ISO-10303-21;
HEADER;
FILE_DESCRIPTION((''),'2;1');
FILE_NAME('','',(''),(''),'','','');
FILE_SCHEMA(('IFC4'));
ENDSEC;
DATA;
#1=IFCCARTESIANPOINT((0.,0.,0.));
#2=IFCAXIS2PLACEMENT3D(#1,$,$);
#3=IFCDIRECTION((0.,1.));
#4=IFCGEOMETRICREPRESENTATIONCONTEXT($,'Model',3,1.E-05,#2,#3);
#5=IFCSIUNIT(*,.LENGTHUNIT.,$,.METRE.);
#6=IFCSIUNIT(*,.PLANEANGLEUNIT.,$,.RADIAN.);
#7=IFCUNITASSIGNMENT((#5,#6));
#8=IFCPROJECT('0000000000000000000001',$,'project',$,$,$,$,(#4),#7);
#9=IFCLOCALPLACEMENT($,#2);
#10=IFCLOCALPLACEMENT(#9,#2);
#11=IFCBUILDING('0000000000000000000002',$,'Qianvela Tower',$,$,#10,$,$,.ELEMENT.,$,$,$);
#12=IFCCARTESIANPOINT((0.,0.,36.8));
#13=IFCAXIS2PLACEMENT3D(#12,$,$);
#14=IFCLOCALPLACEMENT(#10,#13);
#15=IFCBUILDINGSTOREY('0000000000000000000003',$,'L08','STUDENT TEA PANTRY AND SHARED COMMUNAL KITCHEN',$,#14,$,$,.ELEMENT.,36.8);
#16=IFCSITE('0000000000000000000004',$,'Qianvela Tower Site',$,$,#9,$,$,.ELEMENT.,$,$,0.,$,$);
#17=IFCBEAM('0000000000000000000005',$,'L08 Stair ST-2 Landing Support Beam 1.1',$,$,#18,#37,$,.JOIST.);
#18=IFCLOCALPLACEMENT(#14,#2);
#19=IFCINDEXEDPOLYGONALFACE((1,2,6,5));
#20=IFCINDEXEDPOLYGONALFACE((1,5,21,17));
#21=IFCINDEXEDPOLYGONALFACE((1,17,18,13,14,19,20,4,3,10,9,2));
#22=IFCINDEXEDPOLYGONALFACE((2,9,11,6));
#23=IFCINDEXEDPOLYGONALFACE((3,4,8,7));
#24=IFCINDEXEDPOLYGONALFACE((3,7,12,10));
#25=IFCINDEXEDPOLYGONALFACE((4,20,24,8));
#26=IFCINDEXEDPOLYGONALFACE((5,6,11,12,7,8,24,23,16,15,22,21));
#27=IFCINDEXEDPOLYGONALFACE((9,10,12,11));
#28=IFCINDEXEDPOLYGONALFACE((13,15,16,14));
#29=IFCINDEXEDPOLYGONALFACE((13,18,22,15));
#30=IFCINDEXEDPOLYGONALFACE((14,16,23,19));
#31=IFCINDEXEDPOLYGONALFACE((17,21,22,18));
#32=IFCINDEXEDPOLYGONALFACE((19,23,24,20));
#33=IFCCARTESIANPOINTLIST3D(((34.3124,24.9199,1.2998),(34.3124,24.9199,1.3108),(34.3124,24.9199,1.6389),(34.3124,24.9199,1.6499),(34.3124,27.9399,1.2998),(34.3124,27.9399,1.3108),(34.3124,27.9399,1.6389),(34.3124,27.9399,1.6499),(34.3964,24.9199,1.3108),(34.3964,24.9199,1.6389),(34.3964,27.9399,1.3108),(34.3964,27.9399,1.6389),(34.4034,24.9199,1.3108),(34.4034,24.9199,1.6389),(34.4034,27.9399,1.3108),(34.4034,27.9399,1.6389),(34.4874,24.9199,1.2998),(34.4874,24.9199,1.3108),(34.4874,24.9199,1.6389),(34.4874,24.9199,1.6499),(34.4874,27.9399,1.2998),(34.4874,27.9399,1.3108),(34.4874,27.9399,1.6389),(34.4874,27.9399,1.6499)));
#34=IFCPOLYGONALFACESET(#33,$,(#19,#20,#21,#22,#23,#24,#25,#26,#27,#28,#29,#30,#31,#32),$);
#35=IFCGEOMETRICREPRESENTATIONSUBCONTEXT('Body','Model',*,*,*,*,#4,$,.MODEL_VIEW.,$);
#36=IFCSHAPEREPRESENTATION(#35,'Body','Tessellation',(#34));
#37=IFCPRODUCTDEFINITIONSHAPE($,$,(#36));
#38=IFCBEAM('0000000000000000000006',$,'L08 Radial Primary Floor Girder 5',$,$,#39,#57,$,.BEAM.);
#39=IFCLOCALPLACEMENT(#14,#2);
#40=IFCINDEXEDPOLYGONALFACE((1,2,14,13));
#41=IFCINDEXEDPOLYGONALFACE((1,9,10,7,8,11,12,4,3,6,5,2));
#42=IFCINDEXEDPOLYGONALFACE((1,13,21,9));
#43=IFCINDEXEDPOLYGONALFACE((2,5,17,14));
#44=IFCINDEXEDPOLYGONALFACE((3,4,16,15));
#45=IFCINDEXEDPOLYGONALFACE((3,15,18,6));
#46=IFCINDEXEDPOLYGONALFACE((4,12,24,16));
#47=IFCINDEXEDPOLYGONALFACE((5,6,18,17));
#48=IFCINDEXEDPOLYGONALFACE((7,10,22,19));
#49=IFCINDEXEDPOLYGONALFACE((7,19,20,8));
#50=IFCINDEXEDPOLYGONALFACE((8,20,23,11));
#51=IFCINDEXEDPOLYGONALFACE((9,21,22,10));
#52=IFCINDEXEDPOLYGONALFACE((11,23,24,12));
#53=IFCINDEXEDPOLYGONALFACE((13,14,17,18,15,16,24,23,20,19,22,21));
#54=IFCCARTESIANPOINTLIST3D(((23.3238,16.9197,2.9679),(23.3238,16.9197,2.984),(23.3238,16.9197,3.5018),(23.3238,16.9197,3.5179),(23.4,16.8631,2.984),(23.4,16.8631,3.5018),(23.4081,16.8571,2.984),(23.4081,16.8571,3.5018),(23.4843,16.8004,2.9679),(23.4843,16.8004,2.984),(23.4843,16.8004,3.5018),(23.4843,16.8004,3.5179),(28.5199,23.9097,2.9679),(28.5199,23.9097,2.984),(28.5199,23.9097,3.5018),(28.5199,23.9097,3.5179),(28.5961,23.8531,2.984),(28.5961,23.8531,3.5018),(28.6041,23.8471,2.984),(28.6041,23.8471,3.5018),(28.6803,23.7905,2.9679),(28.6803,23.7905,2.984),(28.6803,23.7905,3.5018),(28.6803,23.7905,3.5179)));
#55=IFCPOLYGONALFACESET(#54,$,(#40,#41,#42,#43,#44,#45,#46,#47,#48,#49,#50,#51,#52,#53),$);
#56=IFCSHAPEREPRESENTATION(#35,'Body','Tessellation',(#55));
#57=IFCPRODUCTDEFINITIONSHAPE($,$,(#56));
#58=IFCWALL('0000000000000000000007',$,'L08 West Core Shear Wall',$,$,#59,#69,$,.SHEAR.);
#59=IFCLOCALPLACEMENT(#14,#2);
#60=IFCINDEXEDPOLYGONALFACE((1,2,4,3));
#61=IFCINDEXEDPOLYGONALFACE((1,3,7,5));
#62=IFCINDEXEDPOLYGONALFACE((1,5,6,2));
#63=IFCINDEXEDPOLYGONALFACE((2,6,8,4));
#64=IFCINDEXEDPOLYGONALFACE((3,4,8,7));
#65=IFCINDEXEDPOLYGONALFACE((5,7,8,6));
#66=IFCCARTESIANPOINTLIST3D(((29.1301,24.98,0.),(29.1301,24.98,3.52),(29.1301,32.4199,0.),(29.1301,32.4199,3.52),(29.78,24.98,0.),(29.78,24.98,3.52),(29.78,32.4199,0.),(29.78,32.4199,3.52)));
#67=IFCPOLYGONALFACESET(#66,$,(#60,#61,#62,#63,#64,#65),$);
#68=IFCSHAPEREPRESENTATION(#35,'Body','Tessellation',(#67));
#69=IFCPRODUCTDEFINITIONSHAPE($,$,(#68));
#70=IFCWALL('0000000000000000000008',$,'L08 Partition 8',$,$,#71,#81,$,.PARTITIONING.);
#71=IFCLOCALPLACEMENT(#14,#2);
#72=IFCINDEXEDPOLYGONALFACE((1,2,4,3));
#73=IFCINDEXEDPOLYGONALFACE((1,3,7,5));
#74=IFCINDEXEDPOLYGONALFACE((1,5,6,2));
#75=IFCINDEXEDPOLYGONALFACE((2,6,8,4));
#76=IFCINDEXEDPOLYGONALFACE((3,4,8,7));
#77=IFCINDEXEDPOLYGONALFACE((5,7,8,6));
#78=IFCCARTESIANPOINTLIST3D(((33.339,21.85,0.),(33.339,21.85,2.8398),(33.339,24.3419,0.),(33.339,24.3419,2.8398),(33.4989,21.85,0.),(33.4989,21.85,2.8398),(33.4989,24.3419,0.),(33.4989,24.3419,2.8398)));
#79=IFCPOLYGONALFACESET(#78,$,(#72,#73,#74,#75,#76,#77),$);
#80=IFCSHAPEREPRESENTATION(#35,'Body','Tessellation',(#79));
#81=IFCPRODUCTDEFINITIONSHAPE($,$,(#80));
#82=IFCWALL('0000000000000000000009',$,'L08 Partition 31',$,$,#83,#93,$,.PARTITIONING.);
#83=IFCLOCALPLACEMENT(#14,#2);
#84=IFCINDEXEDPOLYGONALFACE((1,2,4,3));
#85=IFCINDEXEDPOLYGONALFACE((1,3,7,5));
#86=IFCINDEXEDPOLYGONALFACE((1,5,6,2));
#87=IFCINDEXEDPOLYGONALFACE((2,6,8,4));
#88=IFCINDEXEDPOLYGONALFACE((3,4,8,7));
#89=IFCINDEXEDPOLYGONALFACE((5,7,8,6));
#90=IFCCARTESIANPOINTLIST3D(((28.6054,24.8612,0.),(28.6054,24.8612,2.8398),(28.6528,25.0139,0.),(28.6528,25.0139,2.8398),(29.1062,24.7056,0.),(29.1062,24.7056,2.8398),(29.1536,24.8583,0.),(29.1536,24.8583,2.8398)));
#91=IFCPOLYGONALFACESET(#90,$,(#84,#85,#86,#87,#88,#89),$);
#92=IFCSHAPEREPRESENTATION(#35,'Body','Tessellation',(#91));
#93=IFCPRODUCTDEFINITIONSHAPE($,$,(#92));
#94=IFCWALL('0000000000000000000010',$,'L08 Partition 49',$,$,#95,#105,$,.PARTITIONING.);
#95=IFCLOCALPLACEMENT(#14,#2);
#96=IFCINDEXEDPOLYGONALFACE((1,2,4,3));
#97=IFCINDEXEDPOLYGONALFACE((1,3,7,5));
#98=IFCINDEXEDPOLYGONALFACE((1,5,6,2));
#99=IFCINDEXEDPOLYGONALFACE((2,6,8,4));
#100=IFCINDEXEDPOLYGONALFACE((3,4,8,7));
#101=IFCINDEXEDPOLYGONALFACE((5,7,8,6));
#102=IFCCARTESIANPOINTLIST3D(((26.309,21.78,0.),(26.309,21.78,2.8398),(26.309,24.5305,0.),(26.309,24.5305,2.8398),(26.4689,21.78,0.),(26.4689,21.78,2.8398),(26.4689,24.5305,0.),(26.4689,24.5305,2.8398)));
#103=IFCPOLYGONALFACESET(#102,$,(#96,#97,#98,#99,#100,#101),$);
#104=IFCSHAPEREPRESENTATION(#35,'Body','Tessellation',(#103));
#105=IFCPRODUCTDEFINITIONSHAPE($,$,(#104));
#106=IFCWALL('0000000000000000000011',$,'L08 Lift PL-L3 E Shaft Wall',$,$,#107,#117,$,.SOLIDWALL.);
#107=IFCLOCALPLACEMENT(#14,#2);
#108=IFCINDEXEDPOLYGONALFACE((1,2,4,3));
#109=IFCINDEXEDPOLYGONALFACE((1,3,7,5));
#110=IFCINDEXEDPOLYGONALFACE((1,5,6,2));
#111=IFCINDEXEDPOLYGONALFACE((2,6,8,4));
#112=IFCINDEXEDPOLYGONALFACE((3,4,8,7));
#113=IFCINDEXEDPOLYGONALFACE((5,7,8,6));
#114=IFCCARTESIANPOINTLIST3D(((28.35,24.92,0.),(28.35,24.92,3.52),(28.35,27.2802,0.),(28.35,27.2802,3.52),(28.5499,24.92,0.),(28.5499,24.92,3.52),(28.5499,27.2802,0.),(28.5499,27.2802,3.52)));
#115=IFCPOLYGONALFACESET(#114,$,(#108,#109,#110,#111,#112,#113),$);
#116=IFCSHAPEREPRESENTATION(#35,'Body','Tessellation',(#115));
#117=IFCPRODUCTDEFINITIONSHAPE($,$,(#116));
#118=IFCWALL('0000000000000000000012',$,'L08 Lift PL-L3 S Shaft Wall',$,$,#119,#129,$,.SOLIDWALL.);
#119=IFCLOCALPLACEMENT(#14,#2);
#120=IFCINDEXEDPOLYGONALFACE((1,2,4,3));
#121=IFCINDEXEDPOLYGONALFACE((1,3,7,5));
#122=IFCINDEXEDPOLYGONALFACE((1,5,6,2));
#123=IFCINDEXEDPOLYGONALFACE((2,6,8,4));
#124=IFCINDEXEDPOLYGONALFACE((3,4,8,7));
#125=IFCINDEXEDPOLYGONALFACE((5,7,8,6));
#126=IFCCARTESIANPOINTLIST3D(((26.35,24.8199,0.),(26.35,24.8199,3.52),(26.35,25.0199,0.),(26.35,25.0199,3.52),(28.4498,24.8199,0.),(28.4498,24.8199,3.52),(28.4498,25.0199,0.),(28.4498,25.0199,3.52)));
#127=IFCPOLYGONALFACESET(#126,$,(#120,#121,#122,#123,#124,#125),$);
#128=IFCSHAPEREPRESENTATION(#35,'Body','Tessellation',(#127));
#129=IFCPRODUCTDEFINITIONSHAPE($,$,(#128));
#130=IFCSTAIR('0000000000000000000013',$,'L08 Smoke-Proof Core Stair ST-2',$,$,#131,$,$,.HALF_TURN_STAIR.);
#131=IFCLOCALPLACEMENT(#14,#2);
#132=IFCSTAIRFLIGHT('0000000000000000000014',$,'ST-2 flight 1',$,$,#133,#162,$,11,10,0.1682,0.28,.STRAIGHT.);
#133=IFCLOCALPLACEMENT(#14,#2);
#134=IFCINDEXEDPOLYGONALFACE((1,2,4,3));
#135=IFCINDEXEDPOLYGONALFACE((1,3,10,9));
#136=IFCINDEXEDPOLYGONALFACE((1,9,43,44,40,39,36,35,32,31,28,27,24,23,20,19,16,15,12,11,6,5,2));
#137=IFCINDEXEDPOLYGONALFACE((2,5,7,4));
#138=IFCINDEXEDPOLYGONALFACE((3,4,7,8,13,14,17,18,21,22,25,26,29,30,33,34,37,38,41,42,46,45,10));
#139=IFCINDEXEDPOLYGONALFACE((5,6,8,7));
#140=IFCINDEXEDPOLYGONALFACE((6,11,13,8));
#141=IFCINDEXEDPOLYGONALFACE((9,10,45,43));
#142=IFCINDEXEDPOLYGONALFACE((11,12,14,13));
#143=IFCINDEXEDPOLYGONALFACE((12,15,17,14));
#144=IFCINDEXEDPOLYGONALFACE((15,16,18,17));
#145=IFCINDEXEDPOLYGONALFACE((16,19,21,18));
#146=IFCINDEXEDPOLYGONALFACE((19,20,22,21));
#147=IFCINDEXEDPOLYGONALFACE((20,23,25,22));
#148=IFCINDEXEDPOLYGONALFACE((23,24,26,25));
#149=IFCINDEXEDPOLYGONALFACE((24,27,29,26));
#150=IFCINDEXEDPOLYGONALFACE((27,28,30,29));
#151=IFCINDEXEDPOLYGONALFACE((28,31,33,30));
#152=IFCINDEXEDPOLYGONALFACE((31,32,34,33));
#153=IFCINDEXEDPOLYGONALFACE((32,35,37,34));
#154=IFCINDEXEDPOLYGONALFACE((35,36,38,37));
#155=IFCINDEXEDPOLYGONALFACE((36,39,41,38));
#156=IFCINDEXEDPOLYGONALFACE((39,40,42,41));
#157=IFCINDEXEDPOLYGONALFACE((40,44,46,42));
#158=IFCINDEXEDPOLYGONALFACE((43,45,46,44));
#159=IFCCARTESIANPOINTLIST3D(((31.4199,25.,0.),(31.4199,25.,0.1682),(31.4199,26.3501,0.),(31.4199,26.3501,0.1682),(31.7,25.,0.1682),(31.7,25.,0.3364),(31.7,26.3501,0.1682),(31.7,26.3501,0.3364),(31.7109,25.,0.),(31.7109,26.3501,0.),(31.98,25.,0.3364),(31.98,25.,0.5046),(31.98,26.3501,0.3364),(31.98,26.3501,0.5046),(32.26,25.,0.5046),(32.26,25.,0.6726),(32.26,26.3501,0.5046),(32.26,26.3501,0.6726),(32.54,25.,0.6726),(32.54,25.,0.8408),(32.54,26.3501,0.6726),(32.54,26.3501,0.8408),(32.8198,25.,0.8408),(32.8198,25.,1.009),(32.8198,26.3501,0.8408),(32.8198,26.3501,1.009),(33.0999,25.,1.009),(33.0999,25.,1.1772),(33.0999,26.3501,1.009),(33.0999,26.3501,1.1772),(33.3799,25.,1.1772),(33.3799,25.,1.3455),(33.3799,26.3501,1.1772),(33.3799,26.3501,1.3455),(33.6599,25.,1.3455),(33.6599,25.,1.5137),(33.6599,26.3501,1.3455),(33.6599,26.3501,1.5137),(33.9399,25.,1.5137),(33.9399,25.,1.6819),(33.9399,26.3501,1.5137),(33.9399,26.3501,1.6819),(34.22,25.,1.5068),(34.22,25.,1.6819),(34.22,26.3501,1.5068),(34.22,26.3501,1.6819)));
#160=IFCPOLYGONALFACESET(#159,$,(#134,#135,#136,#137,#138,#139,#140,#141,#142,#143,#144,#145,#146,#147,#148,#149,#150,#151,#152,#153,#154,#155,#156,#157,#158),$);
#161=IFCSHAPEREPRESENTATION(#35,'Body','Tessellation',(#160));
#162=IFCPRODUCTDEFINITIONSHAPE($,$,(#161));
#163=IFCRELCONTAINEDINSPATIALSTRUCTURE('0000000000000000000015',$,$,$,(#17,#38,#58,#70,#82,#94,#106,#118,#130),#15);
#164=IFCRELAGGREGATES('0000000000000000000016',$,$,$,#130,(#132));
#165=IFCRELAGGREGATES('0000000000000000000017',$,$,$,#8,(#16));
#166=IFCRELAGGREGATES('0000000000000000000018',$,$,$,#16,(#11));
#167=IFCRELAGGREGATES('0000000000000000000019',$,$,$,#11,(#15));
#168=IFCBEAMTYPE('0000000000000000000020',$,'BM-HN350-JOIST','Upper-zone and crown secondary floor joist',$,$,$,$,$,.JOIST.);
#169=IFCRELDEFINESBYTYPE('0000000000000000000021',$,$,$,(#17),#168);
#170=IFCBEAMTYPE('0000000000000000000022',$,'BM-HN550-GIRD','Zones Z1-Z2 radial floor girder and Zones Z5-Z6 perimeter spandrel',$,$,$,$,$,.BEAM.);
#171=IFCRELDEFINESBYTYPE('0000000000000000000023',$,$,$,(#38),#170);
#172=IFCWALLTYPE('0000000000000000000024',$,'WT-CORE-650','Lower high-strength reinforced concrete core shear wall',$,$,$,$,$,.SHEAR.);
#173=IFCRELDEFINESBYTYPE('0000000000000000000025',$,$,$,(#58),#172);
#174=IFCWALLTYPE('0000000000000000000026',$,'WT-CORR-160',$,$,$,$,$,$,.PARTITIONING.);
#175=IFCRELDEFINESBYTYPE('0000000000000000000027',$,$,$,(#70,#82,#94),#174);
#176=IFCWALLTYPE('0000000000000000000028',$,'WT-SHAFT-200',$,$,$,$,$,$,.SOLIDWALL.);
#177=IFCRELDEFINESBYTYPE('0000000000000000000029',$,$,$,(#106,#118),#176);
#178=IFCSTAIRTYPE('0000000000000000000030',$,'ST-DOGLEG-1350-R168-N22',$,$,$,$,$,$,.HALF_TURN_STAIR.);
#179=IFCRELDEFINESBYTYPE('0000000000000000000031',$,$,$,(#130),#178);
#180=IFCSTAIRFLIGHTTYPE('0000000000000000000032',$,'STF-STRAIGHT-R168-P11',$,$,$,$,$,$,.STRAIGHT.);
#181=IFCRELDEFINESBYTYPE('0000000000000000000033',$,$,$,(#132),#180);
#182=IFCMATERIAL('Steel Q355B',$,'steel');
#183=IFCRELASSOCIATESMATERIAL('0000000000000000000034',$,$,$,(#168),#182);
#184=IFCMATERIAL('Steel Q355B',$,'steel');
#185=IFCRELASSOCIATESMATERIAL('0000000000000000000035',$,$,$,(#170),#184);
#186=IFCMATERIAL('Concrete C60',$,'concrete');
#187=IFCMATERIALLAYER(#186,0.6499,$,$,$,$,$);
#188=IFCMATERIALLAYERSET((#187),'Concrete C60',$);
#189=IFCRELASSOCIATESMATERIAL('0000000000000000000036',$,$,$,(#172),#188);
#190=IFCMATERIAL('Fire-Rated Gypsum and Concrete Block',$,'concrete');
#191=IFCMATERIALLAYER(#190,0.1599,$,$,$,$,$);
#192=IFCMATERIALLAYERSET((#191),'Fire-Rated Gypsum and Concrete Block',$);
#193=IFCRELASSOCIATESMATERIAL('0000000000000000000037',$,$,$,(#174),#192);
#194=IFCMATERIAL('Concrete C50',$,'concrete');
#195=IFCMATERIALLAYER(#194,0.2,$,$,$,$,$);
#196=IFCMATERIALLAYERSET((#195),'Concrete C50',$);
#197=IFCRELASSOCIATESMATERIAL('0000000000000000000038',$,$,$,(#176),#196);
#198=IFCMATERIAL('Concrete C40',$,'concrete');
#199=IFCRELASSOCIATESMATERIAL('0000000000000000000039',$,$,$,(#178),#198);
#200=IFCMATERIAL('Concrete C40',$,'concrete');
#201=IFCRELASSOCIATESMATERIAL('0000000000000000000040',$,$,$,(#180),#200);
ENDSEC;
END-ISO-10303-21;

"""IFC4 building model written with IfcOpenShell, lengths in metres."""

from ifc_helpers import new_model, si_unit, direction, frame, frame_2d, origin, origin_2d, place, context, subcontext, project, spatial, polyline, rectangle, i_section, outline, extrude, material, layer, layer_set, material_profile, profile_set, type_object, element, aggregate, save


model = new_model("IFC4")

# Units and contexts
model_context = context("Model", 3, precision=1e-05, world=origin(), true_north=direction((0.0, 1.0)))
body_context = subcontext(model_context, "Body", "Model", "MODEL_VIEW")
ifc_project = project(units=[si_unit("LENGTHUNIT", "METRE"), si_unit("PLANEANGLEUNIT", "RADIAN")], contexts=[model_context])

# Site, building, storey
site_placement = place(None, origin())
site = spatial("IfcSite", under=ifc_project, at=site_placement, Name="Qianvela Tower Site", CompositionType="ELEMENT", RefElevation=0.0)
building_placement = place(site_placement, origin())
building = spatial("IfcBuilding", under=site, at=building_placement, Name="Qianvela Tower", CompositionType="ELEMENT")
storey_placement = place(building_placement, frame((0.0, 0.0, 36.8)))
storey = spatial("IfcBuildingStorey", under=building, at=storey_placement, Name="L08", Description="STUDENT TEA PANTRY AND SHARED COMMUNAL KITCHEN", CompositionType="ELEMENT", Elevation=36.8)

# Beams
ifc_material_1 = material(Name="Steel Q355B", Category="steel")
ifc_material_profile_1 = material_profile(ifc_material_1, i_section(OverallWidth=0.175, OverallDepth=0.3501, WebThickness=0.0071, FlangeThickness=0.011, at=origin_2d()), Name="HN350x175x7x11")
ifc_profile_set_1 = profile_set([ifc_material_profile_1], Name="Steel Q355B")
beam_type_1 = type_object("IfcBeamType", Name="BM-HN350-JOIST", Description="Upper-zone and crown secondary floor joist", PredefinedType="JOIST", material=ifc_profile_set_1)
beam_1_placement = place(storey_placement, frame((34.3999, 24.9199, 1.4749), z_axis=(0.0, 1.0, 0.0), x_axis=(-1.0, 0.0, 0.0)))
element("IfcBeam", 1, at=beam_1_placement, inside=storey, type_object=beam_type_1, Name="L08 Stair ST-2 Landing Support Beam 1.1", PredefinedType="JOIST", context=body_context, shape_type="SweptSolid", body=[
    extrude(i_section(OverallWidth=0.175, OverallDepth=0.3501, WebThickness=0.0071, FlangeThickness=0.011, at=origin_2d()), origin(), (0.0, 0.0, 1.0), 3.02),
])
ifc_material_2 = material(Name="Steel Q355B", Category="steel")
ifc_material_profile_2 = material_profile(ifc_material_2, i_section(OverallWidth=0.2, OverallDepth=0.55, WebThickness=0.01, FlangeThickness=0.0161, at=origin_2d()), Name="HN550x200x10x16")
ifc_profile_set_2 = profile_set([ifc_material_profile_2], Name="Steel Q355B")
beam_type_2 = type_object("IfcBeamType", Name="BM-HN550-GIRD", Description="Zones Z1-Z2 radial floor girder and Zones Z5-Z6 perimeter spandrel", PredefinedType="BEAM", material=ifc_profile_set_2)
beam_2_placement = place(storey_placement, frame((28.6001, 23.8501, 3.2429), z_axis=(-0.596581, -0.802553, 0.0), x_axis=(0.802553, -0.596581, 0.0)))
element("IfcBeam", 2, at=beam_2_placement, inside=storey, type_object=beam_type_2, Name="L08 Radial Primary Floor Girder 5", PredefinedType="BEAM", context=body_context, shape_type="SweptSolid", body=[
    extrude(i_section(OverallWidth=0.2, OverallDepth=0.55, WebThickness=0.01, FlangeThickness=0.0161, at=origin_2d()), origin(), (0.0, 0.0, 1.0), 8.7097),
])

# Shared definitions
ifc_material_3 = material(Name="Concrete C60", Category="concrete")
ifc_layer_1 = layer(ifc_material_3, 0.6499)
ifc_layer_set_1 = layer_set([ifc_layer_1], Name="Concrete C60")
wall_type_1 = type_object("IfcWallType", Name="WT-CORE-650", Description="Lower high-strength reinforced concrete core shear wall", PredefinedType="SHEAR", material=ifc_layer_set_1)

# Walls
wall_1_placement = place(storey_placement, frame((29.4551, 24.98, 0.0), z_axis=(0.0, 0.0, 1.0), x_axis=(0.0, 1.0, 0.0)))
element("IfcWall", 3, at=wall_1_placement, inside=storey, type_object=wall_type_1, Name="L08 West Core Shear Wall", PredefinedType="SHEAR", context=body_context, shape_type="SweptSolid", body=[
    extrude(rectangle(XDim=7.4399, YDim=0.6499, at=frame_2d((3.72, 0.0))), origin(), (0.0, 0.0, 1.0), 3.52),
])
ifc_material_4 = material(Name="Fire-Rated Gypsum and Concrete Block", Category="concrete")
ifc_layer_2 = layer(ifc_material_4, 0.1599)
ifc_layer_set_2 = layer_set([ifc_layer_2], Name="Fire-Rated Gypsum and Concrete Block")
wall_type_2 = type_object("IfcWallType", Name="WT-CORR-160", PredefinedType="PARTITIONING", material=ifc_layer_set_2)
wall_2_placement = place(storey_placement, frame((33.4189, 24.342, 0.0), z_axis=(0.0, 0.0, 1.0), x_axis=(0.0, -1.0, 0.0)))
element("IfcWall", 4, at=wall_2_placement, inside=storey, type_object=wall_type_2, Name="L08 Partition 8", PredefinedType="PARTITIONING", context=body_context, shape_type="SweptSolid", body=[
    extrude(rectangle(XDim=2.4919, YDim=0.1599, at=frame_2d((1.2461, 0.0))), origin(), (0.0, 0.0, 1.0), 2.8398),
])
wall_3_placement = place(storey_placement, frame((29.1299, 24.782, 0.0), z_axis=(0.0, 0.0, 1.0), x_axis=(-0.955, 0.296604, 0.0)))
element("IfcWall", 5, at=wall_3_placement, inside=storey, type_object=wall_type_2, Name="L08 Partition 31", PredefinedType="PARTITIONING", context=body_context, shape_type="SweptSolid", body=[
    extrude(rectangle(XDim=0.5244, YDim=0.1599, at=frame_2d((0.2622, 0.0))), origin(), (0.0, 0.0, 1.0), 2.8398),
])
wall_4_placement = place(storey_placement, frame((26.3889, 24.5305, 0.0), z_axis=(0.0, 0.0, 1.0), x_axis=(0.0, -1.0, 0.0)))
element("IfcWall", 6, at=wall_4_placement, inside=storey, type_object=wall_type_2, Name="L08 Partition 49", PredefinedType="PARTITIONING", context=body_context, shape_type="SweptSolid", body=[
    extrude(rectangle(XDim=2.7505, YDim=0.1599, at=frame_2d((1.3752, 0.0))), origin(), (0.0, 0.0, 1.0), 2.8398),
])
ifc_material_5 = material(Name="Concrete C50", Category="concrete")
ifc_layer_3 = layer(ifc_material_5, 0.2)
ifc_layer_set_3 = layer_set([ifc_layer_3], Name="Concrete C50")
wall_type_3 = type_object("IfcWallType", Name="WT-SHAFT-200", PredefinedType="SOLIDWALL", material=ifc_layer_set_3)
wall_5_placement = place(storey_placement, frame((28.45, 24.9199, 0.0), z_axis=(0.0, 0.0, 1.0), x_axis=(0.0, 1.0, 0.0)))
element("IfcWall", 7, at=wall_5_placement, inside=storey, type_object=wall_type_3, Name="L08 Lift PL-L3 E Shaft Wall", PredefinedType="SOLIDWALL", context=body_context, shape_type="SweptSolid", body=[
    extrude(rectangle(XDim=2.3601, YDim=0.2, at=frame_2d((1.1802, 0.0))), origin(), (0.0, 0.0, 1.0), 3.52),
])

# Wall
wall_6_placement = place(storey_placement, frame((26.3501, 24.9199, 0.0), z_axis=(0.0, 0.0, 1.0), x_axis=(1.0, 0.0, 0.0)))
element("IfcWall", 8, at=wall_6_placement, inside=storey, type_object=wall_type_3, Name="L08 Lift PL-L3 S Shaft Wall", PredefinedType="SOLIDWALL", context=body_context, shape_type="SweptSolid", body=[
    extrude(rectangle(XDim=2.0999, YDim=0.2, at=frame_2d((1.0498, 0.0))), origin(), (0.0, 0.0, 1.0), 3.52),
])

# Stair, stair flight
ifc_material_6 = material(Name="Concrete C40", Category="concrete")
stair_type = type_object("IfcStairType", Name="ST-DOGLEG-1350-R168-N22", PredefinedType="HALF_TURN_STAIR", material=ifc_material_6)
stair_placement = place(storey_placement, origin())
stair = element("IfcStair", 9, at=stair_placement, inside=storey, type_object=stair_type, Name="L08 Smoke-Proof Core Stair ST-2", PredefinedType="HALF_TURN_STAIR")
ifc_material_7 = material(Name="Concrete C40", Category="concrete")
stair_flight_type = type_object("IfcStairFlightType", Name="STF-STRAIGHT-R168-P11", PredefinedType="STRAIGHT", material=ifc_material_7)
stair_flight_placement = place(storey_placement, frame((31.4199, 25.675, 0.0), z_axis=(0.0, 0.0, 1.0), x_axis=(1.0, 0.0, 0.0)))
stair_flight = element("IfcStairFlight", 10, at=stair_flight_placement, type_object=stair_flight_type, Name="ST-2 flight 1", NumberOfRisers=11, NumberOfTreads=10, PredefinedType="STRAIGHT", RiserHeight=0.1682, TreadLength=0.28, context=body_context, shape_type="SweptSolid", body=[
    extrude(outline(polyline([(0.0, 0.0), (0.0, 0.1682), (0.28, 0.1682), (0.28, 0.3364), (0.5601, 0.3364), (0.5601, 0.5046), (0.8401, 0.5046), (0.8401, 0.6726), (1.1201, 0.6726), (1.1201, 0.8408), (1.3999, 0.8408), (1.3999, 1.009), (1.6799, 1.009), (1.6799, 1.1772), (1.96, 1.1772), (1.96, 1.3455), (2.24, 1.3455), (2.24, 1.5137), (2.52, 1.5137), (2.52, 1.6819), (2.8, 1.6819), (2.8, 1.8501), (2.8, 1.5068), (0.291, 0.0), (0.0, 0.0)])), frame((0.0, 0.675, 0.0), z_axis=(0.0, -1.0, 0.0), x_axis=(1.0, 0.0, 0.0)), (0.0, 0.0, 1.0), 1.3501),
])
aggregate(stair, [stair_flight])

save(model, "model.ifc")
